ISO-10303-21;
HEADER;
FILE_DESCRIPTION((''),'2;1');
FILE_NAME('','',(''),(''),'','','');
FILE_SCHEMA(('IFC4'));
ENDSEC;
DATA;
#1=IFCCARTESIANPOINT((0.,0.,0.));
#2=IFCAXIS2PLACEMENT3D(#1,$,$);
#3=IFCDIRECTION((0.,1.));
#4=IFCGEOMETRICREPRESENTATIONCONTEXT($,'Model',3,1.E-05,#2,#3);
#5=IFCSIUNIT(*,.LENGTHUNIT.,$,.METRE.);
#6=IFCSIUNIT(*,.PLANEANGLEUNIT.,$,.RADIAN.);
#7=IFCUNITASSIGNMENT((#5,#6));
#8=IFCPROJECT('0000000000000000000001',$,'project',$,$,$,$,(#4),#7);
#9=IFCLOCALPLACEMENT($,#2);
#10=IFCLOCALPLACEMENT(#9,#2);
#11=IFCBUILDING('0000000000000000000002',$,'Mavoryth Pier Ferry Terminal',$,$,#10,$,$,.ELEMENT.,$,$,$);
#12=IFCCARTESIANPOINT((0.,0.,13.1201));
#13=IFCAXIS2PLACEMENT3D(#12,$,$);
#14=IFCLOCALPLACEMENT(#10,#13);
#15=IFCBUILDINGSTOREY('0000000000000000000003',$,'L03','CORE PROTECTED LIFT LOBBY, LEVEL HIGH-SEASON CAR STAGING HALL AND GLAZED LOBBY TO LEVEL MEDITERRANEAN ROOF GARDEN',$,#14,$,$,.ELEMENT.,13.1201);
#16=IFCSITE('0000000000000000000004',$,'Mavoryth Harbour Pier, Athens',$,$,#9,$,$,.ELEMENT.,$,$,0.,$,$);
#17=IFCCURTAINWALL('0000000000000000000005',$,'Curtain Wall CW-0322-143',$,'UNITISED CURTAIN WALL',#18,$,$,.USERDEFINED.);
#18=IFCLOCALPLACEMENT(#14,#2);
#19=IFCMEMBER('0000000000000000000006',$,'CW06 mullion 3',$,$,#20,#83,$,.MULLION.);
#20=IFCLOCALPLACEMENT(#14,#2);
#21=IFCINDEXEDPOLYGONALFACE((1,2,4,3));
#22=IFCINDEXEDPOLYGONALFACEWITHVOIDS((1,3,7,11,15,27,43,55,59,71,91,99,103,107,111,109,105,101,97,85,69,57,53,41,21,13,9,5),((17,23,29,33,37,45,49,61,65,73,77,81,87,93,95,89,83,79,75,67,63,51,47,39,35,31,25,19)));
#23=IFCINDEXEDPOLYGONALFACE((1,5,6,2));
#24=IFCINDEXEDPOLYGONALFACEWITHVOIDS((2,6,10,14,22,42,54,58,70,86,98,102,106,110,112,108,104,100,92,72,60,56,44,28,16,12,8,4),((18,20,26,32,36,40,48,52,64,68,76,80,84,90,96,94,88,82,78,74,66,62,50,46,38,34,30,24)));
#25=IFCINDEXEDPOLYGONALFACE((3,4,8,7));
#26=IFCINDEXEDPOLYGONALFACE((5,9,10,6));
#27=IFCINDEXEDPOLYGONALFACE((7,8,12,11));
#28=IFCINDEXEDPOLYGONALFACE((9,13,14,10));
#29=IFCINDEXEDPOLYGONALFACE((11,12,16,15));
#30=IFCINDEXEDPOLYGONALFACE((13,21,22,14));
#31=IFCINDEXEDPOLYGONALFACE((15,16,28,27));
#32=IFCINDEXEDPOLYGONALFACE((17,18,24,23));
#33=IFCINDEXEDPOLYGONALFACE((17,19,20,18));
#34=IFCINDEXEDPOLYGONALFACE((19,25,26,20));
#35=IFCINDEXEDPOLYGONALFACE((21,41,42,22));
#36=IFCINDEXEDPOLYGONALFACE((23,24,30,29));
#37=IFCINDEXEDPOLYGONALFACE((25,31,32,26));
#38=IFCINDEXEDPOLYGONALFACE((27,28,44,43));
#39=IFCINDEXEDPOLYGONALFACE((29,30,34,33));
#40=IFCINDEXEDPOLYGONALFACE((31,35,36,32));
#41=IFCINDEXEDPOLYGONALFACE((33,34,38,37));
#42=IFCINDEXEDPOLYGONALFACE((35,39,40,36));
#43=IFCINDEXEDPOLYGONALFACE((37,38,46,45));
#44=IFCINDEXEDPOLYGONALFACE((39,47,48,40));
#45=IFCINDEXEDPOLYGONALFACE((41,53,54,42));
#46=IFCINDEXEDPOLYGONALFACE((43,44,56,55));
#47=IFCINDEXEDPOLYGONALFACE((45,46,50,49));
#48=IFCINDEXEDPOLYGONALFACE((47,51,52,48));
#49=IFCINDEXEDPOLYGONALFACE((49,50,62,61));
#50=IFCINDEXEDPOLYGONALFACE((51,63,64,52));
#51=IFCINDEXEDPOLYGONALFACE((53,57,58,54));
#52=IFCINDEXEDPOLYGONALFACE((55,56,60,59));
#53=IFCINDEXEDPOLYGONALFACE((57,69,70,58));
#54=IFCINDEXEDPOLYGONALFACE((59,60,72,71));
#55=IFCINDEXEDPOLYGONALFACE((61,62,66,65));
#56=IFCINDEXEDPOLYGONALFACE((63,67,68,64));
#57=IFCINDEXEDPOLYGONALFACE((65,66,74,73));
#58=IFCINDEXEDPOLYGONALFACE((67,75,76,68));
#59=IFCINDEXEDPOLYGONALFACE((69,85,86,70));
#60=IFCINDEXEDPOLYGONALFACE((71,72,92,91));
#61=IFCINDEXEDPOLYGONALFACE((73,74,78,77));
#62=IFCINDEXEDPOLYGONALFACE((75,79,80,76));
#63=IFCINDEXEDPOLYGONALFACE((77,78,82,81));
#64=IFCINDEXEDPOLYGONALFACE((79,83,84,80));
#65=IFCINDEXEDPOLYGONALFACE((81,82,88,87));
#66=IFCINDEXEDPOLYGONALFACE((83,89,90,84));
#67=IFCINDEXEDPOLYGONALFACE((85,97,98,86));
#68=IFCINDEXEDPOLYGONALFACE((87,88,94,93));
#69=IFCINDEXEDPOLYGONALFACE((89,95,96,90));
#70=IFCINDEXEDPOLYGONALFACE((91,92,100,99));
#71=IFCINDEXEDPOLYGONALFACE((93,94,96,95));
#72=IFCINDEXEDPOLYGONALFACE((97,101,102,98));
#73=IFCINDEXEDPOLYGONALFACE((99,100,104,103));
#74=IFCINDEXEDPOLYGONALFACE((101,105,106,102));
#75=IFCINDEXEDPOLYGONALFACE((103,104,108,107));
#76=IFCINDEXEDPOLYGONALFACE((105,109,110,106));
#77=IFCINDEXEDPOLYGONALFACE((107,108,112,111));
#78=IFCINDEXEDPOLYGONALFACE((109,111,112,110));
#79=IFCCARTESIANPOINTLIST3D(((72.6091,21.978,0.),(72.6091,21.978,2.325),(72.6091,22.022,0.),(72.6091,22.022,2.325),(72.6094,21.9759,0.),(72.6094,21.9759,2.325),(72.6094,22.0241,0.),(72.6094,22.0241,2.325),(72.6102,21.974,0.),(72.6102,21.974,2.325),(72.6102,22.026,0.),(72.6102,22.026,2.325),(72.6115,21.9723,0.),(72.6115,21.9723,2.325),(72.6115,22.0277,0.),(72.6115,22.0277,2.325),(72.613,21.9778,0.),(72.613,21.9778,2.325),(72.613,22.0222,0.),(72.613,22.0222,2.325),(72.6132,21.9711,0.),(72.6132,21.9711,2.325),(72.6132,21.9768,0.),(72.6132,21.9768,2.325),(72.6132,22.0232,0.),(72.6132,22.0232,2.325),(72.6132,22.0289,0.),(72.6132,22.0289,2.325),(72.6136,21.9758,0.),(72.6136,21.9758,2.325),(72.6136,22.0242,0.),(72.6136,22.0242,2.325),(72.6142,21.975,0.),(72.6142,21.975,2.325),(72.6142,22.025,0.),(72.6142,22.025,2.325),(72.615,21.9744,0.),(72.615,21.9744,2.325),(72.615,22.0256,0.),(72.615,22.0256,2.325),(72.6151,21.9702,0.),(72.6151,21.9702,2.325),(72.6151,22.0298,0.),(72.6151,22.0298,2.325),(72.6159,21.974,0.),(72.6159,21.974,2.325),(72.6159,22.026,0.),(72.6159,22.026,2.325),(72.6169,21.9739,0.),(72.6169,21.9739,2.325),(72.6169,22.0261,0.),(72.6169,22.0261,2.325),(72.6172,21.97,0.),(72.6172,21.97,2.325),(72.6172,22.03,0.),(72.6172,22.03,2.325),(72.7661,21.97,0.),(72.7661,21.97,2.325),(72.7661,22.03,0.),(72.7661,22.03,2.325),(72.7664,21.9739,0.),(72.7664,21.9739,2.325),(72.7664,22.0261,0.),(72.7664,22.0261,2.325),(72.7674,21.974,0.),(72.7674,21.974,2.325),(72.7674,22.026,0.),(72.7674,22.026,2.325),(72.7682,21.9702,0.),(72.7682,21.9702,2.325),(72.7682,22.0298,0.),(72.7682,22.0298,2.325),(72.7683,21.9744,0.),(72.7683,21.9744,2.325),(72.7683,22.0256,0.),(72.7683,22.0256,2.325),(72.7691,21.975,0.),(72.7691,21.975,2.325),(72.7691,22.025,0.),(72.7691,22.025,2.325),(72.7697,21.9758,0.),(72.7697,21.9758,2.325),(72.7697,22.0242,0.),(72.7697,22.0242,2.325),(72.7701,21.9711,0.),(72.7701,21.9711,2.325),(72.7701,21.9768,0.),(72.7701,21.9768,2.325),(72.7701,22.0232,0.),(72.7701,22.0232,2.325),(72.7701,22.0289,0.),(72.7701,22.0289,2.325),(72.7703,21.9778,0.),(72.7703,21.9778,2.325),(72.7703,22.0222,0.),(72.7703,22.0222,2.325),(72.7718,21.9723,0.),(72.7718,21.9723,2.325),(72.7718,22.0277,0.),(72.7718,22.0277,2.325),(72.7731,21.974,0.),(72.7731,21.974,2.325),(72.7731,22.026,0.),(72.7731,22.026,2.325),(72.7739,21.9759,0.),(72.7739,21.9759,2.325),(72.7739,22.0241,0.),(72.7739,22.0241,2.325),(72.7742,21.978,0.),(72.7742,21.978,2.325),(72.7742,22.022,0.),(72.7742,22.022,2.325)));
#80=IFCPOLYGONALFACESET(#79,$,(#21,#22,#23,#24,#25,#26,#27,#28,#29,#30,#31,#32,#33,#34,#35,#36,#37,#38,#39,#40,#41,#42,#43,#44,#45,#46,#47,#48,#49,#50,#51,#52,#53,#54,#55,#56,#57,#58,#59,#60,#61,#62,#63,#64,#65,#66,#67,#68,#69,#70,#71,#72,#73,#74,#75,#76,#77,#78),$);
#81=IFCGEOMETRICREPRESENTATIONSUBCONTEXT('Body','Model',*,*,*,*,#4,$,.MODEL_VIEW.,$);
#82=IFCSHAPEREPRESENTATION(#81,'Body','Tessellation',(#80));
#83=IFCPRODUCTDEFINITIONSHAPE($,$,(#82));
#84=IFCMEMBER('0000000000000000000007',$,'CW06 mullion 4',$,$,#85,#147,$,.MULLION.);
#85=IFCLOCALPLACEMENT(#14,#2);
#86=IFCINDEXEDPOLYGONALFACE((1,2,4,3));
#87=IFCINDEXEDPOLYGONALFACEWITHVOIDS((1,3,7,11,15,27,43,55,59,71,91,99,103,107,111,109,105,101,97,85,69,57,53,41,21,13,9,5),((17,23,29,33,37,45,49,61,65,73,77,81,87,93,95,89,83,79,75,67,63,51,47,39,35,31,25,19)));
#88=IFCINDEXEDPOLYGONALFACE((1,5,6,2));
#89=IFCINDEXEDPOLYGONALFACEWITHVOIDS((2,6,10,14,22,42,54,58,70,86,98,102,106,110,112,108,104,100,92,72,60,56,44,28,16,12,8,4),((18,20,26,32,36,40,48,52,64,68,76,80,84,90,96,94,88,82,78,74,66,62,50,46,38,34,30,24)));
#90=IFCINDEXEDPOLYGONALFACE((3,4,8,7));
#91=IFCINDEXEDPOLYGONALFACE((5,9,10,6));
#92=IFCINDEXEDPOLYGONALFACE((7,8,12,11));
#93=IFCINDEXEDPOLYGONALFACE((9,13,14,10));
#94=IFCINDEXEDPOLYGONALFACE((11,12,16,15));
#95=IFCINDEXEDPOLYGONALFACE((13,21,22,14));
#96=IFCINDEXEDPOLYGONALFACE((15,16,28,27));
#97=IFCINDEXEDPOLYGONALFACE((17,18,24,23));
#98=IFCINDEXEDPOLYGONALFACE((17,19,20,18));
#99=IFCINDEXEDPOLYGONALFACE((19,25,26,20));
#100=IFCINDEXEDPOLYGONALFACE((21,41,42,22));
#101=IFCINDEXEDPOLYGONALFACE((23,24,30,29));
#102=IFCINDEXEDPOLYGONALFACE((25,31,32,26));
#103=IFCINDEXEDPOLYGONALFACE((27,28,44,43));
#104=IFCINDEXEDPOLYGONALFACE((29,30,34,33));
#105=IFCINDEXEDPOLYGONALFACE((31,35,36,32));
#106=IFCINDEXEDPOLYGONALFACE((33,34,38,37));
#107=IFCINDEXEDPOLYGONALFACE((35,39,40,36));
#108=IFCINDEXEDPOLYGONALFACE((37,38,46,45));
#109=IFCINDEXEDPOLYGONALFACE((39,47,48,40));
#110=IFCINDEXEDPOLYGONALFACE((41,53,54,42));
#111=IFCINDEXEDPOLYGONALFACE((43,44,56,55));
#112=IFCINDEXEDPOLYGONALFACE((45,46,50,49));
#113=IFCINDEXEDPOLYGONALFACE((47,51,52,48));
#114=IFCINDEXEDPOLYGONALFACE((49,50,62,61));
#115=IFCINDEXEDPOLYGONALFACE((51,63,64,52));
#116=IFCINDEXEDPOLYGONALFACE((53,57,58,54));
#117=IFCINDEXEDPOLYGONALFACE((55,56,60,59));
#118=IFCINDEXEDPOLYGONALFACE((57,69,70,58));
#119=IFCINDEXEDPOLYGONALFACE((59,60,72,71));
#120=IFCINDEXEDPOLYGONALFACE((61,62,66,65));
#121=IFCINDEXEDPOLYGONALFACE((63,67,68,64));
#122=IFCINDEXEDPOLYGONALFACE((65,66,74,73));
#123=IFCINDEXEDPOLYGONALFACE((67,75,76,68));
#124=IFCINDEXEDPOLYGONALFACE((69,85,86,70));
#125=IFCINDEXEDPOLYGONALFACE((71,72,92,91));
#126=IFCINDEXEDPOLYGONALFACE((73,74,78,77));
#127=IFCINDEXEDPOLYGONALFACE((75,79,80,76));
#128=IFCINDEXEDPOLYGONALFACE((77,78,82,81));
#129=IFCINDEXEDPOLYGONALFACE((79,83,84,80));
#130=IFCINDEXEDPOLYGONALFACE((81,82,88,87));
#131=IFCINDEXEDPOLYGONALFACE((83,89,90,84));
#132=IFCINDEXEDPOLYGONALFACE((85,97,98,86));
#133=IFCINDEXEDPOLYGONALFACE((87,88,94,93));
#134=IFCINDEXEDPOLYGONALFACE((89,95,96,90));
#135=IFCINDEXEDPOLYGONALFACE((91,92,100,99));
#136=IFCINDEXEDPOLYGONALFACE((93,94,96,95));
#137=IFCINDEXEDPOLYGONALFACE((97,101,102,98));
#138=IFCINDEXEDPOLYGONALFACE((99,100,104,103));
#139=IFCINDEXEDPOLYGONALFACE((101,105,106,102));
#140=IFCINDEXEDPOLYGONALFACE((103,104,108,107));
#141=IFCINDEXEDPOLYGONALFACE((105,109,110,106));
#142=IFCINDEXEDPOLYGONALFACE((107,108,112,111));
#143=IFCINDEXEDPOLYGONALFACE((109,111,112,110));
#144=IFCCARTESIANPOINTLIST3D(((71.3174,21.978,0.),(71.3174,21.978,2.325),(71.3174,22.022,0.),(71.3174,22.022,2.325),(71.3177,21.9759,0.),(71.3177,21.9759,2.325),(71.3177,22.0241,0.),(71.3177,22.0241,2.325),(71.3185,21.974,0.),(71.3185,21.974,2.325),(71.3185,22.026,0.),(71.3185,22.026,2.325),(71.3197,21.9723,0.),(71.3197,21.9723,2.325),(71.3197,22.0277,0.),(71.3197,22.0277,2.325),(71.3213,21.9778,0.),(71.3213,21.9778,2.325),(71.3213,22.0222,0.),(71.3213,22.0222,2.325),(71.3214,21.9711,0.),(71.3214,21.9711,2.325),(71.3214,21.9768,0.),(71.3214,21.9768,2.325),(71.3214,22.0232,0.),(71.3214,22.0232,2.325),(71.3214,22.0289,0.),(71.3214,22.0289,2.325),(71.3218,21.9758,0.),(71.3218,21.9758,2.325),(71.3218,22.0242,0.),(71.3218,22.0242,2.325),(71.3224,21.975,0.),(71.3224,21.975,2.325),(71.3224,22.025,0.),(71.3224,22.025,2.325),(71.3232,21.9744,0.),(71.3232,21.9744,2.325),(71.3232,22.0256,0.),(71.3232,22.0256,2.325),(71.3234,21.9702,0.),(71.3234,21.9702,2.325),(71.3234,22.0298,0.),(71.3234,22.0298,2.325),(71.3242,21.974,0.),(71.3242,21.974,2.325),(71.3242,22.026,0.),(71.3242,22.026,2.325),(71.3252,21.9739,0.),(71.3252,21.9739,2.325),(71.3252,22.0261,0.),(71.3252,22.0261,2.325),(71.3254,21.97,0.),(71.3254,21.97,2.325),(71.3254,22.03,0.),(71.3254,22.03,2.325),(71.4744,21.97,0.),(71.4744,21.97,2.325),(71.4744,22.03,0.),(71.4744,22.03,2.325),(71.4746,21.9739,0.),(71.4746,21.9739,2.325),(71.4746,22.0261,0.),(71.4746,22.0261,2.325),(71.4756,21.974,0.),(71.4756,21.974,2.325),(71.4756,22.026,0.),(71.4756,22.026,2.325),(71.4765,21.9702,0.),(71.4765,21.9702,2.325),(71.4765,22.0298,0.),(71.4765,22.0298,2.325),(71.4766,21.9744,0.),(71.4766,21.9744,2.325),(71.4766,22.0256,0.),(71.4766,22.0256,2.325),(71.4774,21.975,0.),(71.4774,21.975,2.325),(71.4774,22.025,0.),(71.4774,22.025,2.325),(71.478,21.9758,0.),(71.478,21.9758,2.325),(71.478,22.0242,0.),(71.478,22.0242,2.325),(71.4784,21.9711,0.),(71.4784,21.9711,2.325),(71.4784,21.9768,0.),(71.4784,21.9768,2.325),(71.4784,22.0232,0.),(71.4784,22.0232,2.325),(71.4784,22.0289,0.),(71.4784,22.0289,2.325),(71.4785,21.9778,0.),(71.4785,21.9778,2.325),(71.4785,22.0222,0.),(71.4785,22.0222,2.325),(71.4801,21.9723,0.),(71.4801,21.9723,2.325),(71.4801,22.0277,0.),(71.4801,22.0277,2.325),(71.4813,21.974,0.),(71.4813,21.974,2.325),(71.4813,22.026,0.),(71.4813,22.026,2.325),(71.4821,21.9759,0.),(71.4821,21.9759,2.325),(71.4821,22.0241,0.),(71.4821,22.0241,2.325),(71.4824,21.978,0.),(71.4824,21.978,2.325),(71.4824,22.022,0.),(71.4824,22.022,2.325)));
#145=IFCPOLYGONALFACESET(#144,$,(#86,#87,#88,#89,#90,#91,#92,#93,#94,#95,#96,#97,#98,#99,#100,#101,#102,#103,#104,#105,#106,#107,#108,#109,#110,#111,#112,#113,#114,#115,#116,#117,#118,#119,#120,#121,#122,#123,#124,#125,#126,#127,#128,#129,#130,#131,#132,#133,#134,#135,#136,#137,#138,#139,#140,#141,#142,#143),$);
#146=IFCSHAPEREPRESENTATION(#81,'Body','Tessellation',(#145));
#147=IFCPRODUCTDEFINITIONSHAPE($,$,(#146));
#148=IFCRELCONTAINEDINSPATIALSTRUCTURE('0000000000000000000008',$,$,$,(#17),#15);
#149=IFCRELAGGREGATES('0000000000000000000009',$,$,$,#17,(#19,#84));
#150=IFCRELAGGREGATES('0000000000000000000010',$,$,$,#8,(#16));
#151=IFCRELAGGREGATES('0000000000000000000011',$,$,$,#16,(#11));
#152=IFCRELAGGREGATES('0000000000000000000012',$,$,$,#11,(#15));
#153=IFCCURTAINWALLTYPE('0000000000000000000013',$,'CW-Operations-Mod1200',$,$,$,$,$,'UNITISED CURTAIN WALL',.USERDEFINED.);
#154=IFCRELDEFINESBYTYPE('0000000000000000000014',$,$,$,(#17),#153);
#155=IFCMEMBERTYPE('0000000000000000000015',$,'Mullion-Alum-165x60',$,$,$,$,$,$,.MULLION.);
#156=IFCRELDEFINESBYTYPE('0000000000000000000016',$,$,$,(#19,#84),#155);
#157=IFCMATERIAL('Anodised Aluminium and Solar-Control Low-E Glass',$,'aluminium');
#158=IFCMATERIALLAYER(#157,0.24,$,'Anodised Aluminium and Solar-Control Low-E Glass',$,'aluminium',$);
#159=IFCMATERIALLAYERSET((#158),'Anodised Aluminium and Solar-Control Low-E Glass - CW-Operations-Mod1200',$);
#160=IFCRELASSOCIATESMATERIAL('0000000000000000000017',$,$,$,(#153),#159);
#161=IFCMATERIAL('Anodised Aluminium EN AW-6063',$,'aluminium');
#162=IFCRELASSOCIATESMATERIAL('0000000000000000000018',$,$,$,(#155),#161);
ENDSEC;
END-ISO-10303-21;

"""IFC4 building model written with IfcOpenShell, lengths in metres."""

from ifc_helpers import new_model, si_unit, direction, frame, origin, origin_2d, place, context, subcontext, project, spatial, hollow_rectangle, extrude, material, layer, layer_set, material_profile, profile_set, type_object, element, aggregate, save


model = new_model("IFC4")

# Units and contexts
model_context = context("Model", 3, precision=1e-05, world=origin(), true_north=direction((0.0, 1.0)))
body_context = subcontext(model_context, "Body", "Model", "MODEL_VIEW")
ifc_project = project(units=[si_unit("LENGTHUNIT", "METRE"), si_unit("PLANEANGLEUNIT", "RADIAN")], contexts=[model_context])

# Site, building, storey
site_placement = place(None, origin())
site = spatial("IfcSite", under=ifc_project, at=site_placement, Name="Mavoryth Harbour Pier, Athens", CompositionType="ELEMENT", RefElevation=0.0)
building_placement = place(site_placement, origin())
building = spatial("IfcBuilding", under=site, at=building_placement, Name="Mavoryth Pier Ferry Terminal", CompositionType="ELEMENT")
storey_placement = place(building_placement, frame((0.0, 0.0, 13.1201)))
storey = spatial("IfcBuildingStorey", under=building, at=storey_placement, Name="L03", Description="CORE PROTECTED LIFT LOBBY, LEVEL HIGH-SEASON CAR STAGING HALL AND GLAZED LOBBY TO LEVEL MEDITERRANEAN ROOF GARDEN", CompositionType="ELEMENT", Elevation=13.1201)

# Curtain wall, members
ifc_material_1 = material(Name="Anodised Aluminium and Solar-Control Low-E Glass", Category="aluminium")
ifc_layer_1 = layer(ifc_material_1, 0.24, Name="Anodised Aluminium and Solar-Control Low-E Glass", Category="aluminium")
ifc_layer_set_1 = layer_set([ifc_layer_1], Name="Anodised Aluminium and Solar-Control Low-E Glass - CW-Operations-Mod1200")
curtain_wall_type = type_object("IfcCurtainWallType", Name="CW-Operations-Mod1200", ElementType="UNITISED CURTAIN WALL", PredefinedType="USERDEFINED", material=ifc_layer_set_1)
curtain_wall_placement = place(storey_placement, origin())
curtain_wall = element("IfcCurtainWall", 1, at=curtain_wall_placement, inside=storey, type_object=curtain_wall_type, Name="Curtain Wall CW-0322-143", ObjectType="UNITISED CURTAIN WALL", PredefinedType="USERDEFINED")
ifc_material_2 = material(Name="Anodised Aluminium EN AW-6063", Category="aluminium")
ifc_material_profile_1 = material_profile(ifc_material_2, hollow_rectangle(XDim=0.0601, YDim=0.165, WallThickness=0.0039, InnerFilletRadius=0.0039, OuterFilletRadius=0.0081, at=origin_2d()), Name="AL-MULL 165x60x4", Category="aluminium")
ifc_profile_set_1 = profile_set([ifc_material_profile_1], Name="Anodised Aluminium EN AW-6063 - AL-MULL 165x60x4")
member_type_1 = type_object("IfcMemberType", Name="Mullion-Alum-165x60", PredefinedType="MULLION", material=ifc_profile_set_1)
member_1_placement = place(storey_placement, frame((72.6917, 22.0, 0.0), z_axis=(0.0, 0.0, 1.0), x_axis=(0.0, -1.0, 0.0)))
member_1 = element("IfcMember", 2, at=member_1_placement, type_object=member_type_1, Name="CW06 mullion 3", PredefinedType="MULLION", context=body_context, shape_type="SweptSolid", body=[
    extrude(hollow_rectangle(XDim=0.0601, YDim=0.165, WallThickness=0.0039, InnerFilletRadius=0.0039, OuterFilletRadius=0.0081, at=origin_2d()), origin(), (0.0, 0.0, 1.0), 2.325),
])
member_2_placement = place(storey_placement, frame((71.3999, 22.0, 0.0), z_axis=(0.0, 0.0, 1.0), x_axis=(0.0, -1.0, 0.0)))
member_2 = element("IfcMember", 3, at=member_2_placement, type_object=member_type_1, Name="CW06 mullion 4", PredefinedType="MULLION", context=body_context, shape_type="SweptSolid", body=[
    extrude(hollow_rectangle(XDim=0.0601, YDim=0.165, WallThickness=0.0039, InnerFilletRadius=0.0039, OuterFilletRadius=0.0081, at=origin_2d()), origin(), (0.0, 0.0, 1.0), 2.325),
])
aggregate(curtain_wall, [member_1, member_2])

save(model, "model.ifc")
